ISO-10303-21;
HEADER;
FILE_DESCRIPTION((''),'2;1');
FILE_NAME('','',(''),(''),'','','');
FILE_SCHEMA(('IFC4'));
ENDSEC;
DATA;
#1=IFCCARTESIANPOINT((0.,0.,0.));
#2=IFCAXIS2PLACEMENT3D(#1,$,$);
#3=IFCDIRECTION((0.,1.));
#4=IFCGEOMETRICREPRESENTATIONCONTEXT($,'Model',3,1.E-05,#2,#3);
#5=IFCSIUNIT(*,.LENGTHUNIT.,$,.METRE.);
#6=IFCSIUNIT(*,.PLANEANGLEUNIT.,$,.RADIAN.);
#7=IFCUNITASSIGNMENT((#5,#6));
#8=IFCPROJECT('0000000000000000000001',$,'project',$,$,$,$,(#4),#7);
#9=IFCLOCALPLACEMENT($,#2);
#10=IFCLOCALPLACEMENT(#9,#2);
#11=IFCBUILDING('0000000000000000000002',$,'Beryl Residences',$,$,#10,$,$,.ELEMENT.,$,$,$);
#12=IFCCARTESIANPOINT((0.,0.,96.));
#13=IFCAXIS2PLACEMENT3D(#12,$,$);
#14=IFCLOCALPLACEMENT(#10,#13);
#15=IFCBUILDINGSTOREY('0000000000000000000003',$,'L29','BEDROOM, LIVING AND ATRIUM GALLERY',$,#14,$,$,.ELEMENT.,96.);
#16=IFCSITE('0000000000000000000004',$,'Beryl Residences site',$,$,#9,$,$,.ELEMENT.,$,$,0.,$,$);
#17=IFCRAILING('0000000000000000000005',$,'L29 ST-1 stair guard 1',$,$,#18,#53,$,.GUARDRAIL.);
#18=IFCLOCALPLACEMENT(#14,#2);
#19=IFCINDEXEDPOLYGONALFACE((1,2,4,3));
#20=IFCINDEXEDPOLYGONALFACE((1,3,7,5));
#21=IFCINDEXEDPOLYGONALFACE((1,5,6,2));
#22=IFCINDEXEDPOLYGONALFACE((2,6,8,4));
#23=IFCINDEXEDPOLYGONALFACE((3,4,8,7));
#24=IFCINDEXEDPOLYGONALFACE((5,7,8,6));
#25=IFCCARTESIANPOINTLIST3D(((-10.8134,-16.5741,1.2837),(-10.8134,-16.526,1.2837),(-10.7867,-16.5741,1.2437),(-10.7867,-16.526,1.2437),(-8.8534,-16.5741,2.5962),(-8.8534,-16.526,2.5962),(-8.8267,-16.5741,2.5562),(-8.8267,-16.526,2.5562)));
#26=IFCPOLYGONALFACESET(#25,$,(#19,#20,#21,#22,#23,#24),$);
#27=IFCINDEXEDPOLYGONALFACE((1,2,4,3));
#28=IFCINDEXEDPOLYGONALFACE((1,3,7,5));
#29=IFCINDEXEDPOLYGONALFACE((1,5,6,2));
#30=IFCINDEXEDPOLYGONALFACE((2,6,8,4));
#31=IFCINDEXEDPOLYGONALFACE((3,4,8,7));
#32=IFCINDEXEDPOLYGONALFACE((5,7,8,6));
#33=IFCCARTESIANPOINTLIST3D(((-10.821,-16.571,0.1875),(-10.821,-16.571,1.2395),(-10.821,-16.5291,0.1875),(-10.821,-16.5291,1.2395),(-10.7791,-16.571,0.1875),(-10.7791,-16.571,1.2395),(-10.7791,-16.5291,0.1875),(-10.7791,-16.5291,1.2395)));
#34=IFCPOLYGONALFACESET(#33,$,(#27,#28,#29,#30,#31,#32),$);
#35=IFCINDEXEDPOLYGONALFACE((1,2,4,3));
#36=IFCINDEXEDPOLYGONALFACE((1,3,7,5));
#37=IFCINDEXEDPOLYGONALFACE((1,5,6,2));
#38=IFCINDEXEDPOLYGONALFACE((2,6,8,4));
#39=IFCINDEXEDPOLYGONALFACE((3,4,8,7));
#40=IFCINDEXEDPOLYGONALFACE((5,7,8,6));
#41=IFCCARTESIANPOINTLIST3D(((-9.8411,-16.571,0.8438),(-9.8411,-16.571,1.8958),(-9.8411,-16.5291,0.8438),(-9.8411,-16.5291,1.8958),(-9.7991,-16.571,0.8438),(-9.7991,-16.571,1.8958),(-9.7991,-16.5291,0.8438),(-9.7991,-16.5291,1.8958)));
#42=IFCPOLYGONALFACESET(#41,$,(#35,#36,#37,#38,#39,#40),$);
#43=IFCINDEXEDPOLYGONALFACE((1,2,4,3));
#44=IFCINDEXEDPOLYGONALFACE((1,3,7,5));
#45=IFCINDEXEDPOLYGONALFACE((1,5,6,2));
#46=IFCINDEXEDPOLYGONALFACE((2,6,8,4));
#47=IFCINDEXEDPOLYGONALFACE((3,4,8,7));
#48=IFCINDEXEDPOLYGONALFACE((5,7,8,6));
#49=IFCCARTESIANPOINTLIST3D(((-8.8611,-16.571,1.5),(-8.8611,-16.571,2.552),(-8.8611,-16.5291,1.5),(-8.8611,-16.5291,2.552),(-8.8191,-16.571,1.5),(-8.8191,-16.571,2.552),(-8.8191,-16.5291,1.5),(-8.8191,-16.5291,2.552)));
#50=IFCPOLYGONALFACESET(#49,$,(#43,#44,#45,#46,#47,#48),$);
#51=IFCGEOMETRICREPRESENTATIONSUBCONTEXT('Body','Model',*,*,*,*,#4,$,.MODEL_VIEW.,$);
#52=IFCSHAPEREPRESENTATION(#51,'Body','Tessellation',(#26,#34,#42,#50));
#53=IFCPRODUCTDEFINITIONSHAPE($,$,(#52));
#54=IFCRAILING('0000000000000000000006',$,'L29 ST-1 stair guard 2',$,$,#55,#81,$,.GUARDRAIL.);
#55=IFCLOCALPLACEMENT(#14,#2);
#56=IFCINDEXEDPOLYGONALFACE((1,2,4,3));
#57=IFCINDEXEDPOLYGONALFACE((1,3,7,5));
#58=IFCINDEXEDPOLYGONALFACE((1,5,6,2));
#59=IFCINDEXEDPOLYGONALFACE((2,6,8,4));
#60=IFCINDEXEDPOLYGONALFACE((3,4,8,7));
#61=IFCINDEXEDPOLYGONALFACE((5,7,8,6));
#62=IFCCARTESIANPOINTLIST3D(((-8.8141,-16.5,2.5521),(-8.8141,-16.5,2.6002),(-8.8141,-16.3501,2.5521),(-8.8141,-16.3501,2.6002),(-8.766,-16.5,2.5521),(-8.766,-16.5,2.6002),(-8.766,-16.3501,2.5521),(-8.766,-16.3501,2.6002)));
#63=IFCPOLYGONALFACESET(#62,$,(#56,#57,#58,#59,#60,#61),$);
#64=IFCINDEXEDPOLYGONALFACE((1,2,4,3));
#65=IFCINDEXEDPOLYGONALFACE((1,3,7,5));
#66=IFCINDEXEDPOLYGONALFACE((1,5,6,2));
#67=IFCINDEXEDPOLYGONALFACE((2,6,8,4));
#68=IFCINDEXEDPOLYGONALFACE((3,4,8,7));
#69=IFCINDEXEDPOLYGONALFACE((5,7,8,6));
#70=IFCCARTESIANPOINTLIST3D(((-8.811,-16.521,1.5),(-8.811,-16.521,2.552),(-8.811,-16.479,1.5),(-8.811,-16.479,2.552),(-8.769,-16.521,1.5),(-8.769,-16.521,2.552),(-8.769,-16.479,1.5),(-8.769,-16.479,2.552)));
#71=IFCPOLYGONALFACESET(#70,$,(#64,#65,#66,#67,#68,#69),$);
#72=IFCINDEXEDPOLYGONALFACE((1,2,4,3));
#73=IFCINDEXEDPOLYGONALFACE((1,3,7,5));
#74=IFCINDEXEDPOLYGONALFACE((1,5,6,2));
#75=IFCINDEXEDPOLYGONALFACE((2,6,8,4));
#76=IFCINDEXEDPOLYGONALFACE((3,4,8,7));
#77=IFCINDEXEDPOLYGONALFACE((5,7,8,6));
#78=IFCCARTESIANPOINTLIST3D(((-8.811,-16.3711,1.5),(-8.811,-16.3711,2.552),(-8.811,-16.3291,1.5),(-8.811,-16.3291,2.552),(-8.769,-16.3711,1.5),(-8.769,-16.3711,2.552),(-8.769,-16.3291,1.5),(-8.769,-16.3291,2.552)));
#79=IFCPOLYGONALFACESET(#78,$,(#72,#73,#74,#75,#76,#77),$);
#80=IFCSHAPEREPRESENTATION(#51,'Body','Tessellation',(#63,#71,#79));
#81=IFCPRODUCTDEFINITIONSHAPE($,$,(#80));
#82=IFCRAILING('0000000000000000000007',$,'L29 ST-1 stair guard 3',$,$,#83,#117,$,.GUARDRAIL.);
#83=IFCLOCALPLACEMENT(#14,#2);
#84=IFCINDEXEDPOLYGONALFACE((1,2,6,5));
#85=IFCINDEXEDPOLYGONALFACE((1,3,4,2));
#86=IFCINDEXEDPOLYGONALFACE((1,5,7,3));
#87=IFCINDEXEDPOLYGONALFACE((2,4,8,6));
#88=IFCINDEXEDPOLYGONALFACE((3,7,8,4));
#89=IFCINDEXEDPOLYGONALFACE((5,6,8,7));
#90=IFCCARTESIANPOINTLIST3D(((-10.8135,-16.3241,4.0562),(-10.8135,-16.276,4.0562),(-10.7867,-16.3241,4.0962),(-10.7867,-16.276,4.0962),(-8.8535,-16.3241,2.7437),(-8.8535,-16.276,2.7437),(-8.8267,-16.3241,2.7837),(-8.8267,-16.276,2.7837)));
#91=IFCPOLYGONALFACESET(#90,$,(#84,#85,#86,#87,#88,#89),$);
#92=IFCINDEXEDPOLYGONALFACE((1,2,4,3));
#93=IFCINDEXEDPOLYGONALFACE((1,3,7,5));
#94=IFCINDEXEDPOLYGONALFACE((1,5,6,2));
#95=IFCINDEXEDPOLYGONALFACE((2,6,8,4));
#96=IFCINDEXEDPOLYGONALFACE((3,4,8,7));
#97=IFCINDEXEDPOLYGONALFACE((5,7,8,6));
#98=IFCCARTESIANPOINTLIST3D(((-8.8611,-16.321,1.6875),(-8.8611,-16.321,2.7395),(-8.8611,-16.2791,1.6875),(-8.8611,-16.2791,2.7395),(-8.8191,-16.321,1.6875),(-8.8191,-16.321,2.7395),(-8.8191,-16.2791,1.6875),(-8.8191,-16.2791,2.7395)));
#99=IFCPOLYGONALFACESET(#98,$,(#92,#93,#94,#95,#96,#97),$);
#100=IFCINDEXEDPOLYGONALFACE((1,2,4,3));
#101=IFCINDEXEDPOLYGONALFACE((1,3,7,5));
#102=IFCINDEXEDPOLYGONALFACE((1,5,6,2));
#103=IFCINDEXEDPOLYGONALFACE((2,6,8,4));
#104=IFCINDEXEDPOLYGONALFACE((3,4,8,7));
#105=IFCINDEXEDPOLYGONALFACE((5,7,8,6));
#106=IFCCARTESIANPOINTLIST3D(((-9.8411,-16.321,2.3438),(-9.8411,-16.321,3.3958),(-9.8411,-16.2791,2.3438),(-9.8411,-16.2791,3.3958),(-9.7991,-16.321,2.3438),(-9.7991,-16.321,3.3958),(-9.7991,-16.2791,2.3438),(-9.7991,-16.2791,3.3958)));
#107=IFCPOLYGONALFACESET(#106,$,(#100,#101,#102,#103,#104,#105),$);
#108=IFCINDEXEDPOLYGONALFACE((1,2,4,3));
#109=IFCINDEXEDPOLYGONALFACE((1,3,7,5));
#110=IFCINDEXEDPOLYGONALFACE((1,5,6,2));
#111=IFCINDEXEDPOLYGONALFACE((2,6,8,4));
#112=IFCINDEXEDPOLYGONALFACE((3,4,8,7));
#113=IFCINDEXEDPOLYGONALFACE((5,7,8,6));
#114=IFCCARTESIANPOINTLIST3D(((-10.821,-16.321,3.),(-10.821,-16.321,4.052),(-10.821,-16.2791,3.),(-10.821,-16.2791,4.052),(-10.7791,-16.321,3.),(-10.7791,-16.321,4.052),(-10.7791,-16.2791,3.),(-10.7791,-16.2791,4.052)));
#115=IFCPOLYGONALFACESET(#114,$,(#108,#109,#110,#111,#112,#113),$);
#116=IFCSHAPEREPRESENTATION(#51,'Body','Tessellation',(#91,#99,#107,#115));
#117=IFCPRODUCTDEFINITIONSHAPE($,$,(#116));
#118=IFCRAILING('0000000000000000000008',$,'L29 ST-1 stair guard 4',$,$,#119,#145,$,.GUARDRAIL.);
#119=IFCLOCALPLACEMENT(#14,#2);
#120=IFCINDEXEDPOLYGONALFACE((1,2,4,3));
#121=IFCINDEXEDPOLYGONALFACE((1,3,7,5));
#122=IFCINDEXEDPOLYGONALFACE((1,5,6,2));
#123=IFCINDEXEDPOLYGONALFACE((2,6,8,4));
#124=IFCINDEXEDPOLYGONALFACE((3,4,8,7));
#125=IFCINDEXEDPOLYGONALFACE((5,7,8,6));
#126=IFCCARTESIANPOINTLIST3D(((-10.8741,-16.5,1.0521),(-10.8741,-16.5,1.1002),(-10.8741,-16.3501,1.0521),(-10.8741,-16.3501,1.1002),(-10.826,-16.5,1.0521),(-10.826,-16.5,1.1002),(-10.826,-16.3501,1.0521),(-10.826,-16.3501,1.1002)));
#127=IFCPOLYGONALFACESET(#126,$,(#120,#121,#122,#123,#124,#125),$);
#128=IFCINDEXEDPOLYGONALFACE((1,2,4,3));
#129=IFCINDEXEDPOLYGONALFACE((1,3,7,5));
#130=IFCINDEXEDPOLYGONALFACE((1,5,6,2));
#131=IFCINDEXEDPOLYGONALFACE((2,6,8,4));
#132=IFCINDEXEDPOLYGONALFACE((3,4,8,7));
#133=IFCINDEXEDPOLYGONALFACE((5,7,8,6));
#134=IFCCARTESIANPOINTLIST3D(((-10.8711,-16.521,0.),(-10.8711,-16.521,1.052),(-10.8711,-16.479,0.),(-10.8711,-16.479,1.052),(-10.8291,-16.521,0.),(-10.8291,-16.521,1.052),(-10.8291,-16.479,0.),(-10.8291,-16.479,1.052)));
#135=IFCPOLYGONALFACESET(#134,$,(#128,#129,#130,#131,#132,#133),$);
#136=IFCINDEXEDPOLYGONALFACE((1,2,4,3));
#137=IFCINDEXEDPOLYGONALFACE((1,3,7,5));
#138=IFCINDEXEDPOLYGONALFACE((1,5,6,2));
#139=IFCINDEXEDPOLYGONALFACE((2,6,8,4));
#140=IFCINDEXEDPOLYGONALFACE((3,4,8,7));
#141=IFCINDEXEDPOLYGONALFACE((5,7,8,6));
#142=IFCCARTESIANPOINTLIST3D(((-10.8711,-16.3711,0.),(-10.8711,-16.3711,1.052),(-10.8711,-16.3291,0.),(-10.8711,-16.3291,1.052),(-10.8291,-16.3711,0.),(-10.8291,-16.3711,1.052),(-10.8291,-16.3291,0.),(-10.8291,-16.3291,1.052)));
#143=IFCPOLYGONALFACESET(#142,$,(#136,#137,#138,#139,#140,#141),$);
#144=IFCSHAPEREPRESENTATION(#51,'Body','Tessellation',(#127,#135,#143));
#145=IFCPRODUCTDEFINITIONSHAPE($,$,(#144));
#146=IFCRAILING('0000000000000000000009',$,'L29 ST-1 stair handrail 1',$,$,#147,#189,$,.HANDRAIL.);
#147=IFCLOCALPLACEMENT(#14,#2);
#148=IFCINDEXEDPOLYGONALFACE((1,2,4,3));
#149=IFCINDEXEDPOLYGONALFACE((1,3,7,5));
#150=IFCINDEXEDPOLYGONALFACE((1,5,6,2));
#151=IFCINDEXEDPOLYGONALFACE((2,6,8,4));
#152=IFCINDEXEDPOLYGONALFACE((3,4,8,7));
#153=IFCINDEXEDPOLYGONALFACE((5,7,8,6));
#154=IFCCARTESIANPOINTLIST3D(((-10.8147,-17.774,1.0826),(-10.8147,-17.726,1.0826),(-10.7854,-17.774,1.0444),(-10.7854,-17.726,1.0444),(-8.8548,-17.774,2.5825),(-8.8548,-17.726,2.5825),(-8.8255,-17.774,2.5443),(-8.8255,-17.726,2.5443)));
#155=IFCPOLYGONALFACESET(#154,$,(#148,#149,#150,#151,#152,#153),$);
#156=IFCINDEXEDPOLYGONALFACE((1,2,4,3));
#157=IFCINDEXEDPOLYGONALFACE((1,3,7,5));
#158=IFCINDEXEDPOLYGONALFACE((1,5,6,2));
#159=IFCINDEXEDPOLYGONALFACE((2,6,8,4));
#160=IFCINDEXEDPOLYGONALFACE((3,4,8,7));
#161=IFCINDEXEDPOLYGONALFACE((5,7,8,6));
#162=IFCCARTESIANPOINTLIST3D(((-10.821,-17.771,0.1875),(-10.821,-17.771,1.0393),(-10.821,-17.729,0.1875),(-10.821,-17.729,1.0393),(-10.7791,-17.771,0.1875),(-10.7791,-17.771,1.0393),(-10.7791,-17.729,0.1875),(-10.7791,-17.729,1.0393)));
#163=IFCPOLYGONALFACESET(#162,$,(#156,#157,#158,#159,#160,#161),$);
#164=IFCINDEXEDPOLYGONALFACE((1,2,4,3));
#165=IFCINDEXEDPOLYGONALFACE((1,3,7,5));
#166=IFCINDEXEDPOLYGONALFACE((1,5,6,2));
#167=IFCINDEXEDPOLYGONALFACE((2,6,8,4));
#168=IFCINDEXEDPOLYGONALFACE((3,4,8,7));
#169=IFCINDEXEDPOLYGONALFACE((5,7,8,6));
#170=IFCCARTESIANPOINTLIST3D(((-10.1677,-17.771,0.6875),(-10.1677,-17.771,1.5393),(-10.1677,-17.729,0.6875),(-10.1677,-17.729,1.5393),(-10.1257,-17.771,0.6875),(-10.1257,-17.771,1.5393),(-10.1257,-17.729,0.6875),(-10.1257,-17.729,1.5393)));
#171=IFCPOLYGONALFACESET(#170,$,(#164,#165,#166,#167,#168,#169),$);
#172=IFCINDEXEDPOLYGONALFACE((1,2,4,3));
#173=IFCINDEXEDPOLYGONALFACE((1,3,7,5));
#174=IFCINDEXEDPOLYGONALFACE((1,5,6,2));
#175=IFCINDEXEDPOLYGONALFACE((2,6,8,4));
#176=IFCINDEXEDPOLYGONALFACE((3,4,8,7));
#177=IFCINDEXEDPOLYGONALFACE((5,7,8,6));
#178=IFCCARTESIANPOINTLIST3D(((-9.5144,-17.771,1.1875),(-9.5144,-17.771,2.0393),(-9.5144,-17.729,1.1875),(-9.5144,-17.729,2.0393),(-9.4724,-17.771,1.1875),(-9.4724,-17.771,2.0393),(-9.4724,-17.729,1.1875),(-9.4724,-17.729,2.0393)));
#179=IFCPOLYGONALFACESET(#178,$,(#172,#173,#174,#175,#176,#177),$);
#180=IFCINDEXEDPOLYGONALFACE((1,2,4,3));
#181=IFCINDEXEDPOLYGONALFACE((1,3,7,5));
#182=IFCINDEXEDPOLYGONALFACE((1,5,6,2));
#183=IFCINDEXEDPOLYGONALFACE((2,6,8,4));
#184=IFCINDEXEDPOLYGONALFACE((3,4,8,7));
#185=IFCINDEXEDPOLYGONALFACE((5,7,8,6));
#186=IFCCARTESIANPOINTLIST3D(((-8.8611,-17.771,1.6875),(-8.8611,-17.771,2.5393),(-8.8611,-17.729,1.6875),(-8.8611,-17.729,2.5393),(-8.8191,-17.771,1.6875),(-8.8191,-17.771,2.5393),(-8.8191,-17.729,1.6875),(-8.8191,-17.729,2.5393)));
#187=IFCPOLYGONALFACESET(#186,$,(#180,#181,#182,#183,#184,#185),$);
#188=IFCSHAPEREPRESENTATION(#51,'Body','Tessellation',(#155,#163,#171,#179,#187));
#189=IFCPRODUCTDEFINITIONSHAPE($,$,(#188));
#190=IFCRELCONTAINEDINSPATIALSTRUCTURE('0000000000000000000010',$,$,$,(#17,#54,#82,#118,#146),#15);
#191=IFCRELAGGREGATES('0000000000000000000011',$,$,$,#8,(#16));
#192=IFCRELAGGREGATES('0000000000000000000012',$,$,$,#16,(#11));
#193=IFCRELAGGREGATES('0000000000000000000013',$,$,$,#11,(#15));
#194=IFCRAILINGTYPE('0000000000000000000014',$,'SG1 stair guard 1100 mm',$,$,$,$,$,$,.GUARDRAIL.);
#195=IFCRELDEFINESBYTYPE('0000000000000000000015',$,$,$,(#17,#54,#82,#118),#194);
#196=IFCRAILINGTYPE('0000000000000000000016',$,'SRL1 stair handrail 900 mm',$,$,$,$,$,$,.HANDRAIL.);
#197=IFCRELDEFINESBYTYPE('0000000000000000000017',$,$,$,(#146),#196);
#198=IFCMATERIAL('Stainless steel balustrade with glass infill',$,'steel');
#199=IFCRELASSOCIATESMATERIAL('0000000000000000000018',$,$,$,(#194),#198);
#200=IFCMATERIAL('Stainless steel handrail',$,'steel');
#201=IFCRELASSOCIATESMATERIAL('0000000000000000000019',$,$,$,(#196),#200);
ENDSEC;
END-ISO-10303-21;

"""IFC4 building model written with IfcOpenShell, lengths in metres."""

from ifc_helpers import new_model, si_unit, direction, frame, origin, origin_2d, place, context, subcontext, project, spatial, rectangle, extrude, material, type_object, element, save


model = new_model("IFC4")

# Units and contexts
model_context = context("Model", 3, precision=1e-05, world=origin(), true_north=direction((0.0, 1.0)))
body_context = subcontext(model_context, "Body", "Model", "MODEL_VIEW")
ifc_project = project(units=[si_unit("LENGTHUNIT", "METRE"), si_unit("PLANEANGLEUNIT", "RADIAN")], contexts=[model_context])

# Site, building, storey
site_placement = place(None, origin())
site = spatial("IfcSite", under=ifc_project, at=site_placement, Name="Beryl Residences site", CompositionType="ELEMENT", RefElevation=0.0)
building_placement = place(site_placement, origin())
building = spatial("IfcBuilding", under=site, at=building_placement, Name="Beryl Residences", CompositionType="ELEMENT")
storey_placement = place(building_placement, frame((0.0, 0.0, 96.0)))
storey = spatial("IfcBuildingStorey", under=building, at=storey_placement, Name="L29", Description="BEDROOM, LIVING AND ATRIUM GALLERY", CompositionType="ELEMENT", Elevation=96.0)

# Railings
ifc_material_1 = material(Name="Stainless steel balustrade with glass infill", Category="steel")
railing_type_1 = type_object("IfcRailingType", Name="SG1 stair guard 1100 mm", PredefinedType="GUARDRAIL", material=ifc_material_1)
railing_1_placement = place(storey_placement, frame((-10.8, -16.55, 0.1875)))
element("IfcRailing", 1, at=railing_1_placement, inside=storey, type_object=railing_type_1, Name="L29 ST-1 stair guard 1", PredefinedType="GUARDRAIL", context=body_context, shape_type="SweptSolid", body=[
    extrude(rectangle(XDim=0.0481, YDim=0.0481, at=origin_2d()), frame((0.0, 0.0, 1.0762), z_axis=(0.830902, 0.0, 0.556419), x_axis=(0.0, 1.0, 0.0)), (0.0, 0.0, 1.0), 2.3589),
    extrude(rectangle(XDim=0.042, YDim=0.042, at=origin_2d()), origin(), (0.0, 0.0, 1.0), 1.052),
    extrude(rectangle(XDim=0.042, YDim=0.042, at=origin_2d()), frame((0.98, 0.0, 0.6562)), (0.0, 0.0, 1.0), 1.052),
    extrude(rectangle(XDim=0.042, YDim=0.042, at=origin_2d()), frame((1.96, 0.0, 1.3125)), (0.0, 0.0, 1.0), 1.052),
])
railing_2_placement = place(storey_placement, frame((-8.79, -16.5, 1.5)))
element("IfcRailing", 2, at=railing_2_placement, inside=storey, type_object=railing_type_1, Name="L29 ST-1 stair guard 2", PredefinedType="GUARDRAIL", context=body_context, shape_type="SweptSolid", body=[
    extrude(rectangle(XDim=0.0481, YDim=0.0481, at=origin_2d()), frame((0.0, 0.0, 1.0762), z_axis=(0.0, 1.0, 0.0), x_axis=(-1.0, 0.0, 0.0)), (0.0, 0.0, 1.0), 0.1499),
    extrude(rectangle(XDim=0.042, YDim=0.042, at=origin_2d()), origin(), (0.0, 0.0, 1.0), 1.052),
    extrude(rectangle(XDim=0.042, YDim=0.042, at=origin_2d()), frame((0.0, 0.1499, 0.0)), (0.0, 0.0, 1.0), 1.052),
])
railing_3_placement = place(storey_placement, frame((-8.8401, -16.3, 1.6875)))
element("IfcRailing", 3, at=railing_3_placement, inside=storey, type_object=railing_type_1, Name="L29 ST-1 stair guard 3", PredefinedType="GUARDRAIL", context=body_context, shape_type="SweptSolid", body=[
    extrude(rectangle(XDim=0.0481, YDim=0.0481, at=origin_2d()), frame((0.0, 0.0, 1.0762), z_axis=(-0.830902, 0.0, 0.556419), x_axis=(0.0, -1.0, 0.0)), (0.0, 0.0, 1.0), 2.3589),
    extrude(rectangle(XDim=0.042, YDim=0.042, at=origin_2d()), origin(), (0.0, 0.0, 1.0), 1.052),
    extrude(rectangle(XDim=0.042, YDim=0.042, at=origin_2d()), frame((-0.98, 0.0, 0.6562)), (0.0, 0.0, 1.0), 1.052),
    extrude(rectangle(XDim=0.042, YDim=0.042, at=origin_2d()), frame((-1.96, 0.0, 1.3125)), (0.0, 0.0, 1.0), 1.052),
])
railing_4_placement = place(storey_placement, frame((-10.8501, -16.5, 0.0)))
element("IfcRailing", 4, at=railing_4_placement, inside=storey, type_object=railing_type_1, Name="L29 ST-1 stair guard 4", PredefinedType="GUARDRAIL", context=body_context, shape_type="SweptSolid", body=[
    extrude(rectangle(XDim=0.0481, YDim=0.0481, at=origin_2d()), frame((0.0, 0.0, 1.0762), z_axis=(0.0, 1.0, 0.0), x_axis=(-1.0, 0.0, 0.0)), (0.0, 0.0, 1.0), 0.1499),
    extrude(rectangle(XDim=0.042, YDim=0.042, at=origin_2d()), origin(), (0.0, 0.0, 1.0), 1.052),
    extrude(rectangle(XDim=0.042, YDim=0.042, at=origin_2d()), frame((0.0, 0.1499, 0.0)), (0.0, 0.0, 1.0), 1.052),
])
ifc_material_2 = material(Name="Stainless steel handrail", Category="steel")
railing_type_2 = type_object("IfcRailingType", Name="SRL1 stair handrail 900 mm", PredefinedType="HANDRAIL", material=ifc_material_2)
railing_5_placement = place(storey_placement, frame((-10.8, -17.75, 0.1875)))
element("IfcRailing", 5, at=railing_5_placement, inside=storey, type_object=railing_type_2, Name="L29 ST-1 stair handrail 1", PredefinedType="HANDRAIL", context=body_context, shape_type="SweptSolid", body=[
    extrude(rectangle(XDim=0.0481, YDim=0.0481, at=origin_2d()), frame((0.0, 0.0, 0.876), z_axis=(0.794122, 0.0, 0.607758), x_axis=(0.0, 1.0, 0.0)), (0.0, 0.0, 1.0), 2.468),
    extrude(rectangle(XDim=0.042, YDim=0.042, at=origin_2d()), origin(), (0.0, 0.0, 1.0), 0.8518),
    extrude(rectangle(XDim=0.042, YDim=0.042, at=origin_2d()), frame((0.6533, 0.0, 0.5)), (0.0, 0.0, 1.0), 0.8518),
    extrude(rectangle(XDim=0.042, YDim=0.042, at=origin_2d()), frame((1.3066, 0.0, 1.0)), (0.0, 0.0, 1.0), 0.8518),
    extrude(rectangle(XDim=0.042, YDim=0.042, at=origin_2d()), frame((1.96, 0.0, 1.5)), (0.0, 0.0, 1.0), 0.8518),
])

save(model, "model.ifc")
